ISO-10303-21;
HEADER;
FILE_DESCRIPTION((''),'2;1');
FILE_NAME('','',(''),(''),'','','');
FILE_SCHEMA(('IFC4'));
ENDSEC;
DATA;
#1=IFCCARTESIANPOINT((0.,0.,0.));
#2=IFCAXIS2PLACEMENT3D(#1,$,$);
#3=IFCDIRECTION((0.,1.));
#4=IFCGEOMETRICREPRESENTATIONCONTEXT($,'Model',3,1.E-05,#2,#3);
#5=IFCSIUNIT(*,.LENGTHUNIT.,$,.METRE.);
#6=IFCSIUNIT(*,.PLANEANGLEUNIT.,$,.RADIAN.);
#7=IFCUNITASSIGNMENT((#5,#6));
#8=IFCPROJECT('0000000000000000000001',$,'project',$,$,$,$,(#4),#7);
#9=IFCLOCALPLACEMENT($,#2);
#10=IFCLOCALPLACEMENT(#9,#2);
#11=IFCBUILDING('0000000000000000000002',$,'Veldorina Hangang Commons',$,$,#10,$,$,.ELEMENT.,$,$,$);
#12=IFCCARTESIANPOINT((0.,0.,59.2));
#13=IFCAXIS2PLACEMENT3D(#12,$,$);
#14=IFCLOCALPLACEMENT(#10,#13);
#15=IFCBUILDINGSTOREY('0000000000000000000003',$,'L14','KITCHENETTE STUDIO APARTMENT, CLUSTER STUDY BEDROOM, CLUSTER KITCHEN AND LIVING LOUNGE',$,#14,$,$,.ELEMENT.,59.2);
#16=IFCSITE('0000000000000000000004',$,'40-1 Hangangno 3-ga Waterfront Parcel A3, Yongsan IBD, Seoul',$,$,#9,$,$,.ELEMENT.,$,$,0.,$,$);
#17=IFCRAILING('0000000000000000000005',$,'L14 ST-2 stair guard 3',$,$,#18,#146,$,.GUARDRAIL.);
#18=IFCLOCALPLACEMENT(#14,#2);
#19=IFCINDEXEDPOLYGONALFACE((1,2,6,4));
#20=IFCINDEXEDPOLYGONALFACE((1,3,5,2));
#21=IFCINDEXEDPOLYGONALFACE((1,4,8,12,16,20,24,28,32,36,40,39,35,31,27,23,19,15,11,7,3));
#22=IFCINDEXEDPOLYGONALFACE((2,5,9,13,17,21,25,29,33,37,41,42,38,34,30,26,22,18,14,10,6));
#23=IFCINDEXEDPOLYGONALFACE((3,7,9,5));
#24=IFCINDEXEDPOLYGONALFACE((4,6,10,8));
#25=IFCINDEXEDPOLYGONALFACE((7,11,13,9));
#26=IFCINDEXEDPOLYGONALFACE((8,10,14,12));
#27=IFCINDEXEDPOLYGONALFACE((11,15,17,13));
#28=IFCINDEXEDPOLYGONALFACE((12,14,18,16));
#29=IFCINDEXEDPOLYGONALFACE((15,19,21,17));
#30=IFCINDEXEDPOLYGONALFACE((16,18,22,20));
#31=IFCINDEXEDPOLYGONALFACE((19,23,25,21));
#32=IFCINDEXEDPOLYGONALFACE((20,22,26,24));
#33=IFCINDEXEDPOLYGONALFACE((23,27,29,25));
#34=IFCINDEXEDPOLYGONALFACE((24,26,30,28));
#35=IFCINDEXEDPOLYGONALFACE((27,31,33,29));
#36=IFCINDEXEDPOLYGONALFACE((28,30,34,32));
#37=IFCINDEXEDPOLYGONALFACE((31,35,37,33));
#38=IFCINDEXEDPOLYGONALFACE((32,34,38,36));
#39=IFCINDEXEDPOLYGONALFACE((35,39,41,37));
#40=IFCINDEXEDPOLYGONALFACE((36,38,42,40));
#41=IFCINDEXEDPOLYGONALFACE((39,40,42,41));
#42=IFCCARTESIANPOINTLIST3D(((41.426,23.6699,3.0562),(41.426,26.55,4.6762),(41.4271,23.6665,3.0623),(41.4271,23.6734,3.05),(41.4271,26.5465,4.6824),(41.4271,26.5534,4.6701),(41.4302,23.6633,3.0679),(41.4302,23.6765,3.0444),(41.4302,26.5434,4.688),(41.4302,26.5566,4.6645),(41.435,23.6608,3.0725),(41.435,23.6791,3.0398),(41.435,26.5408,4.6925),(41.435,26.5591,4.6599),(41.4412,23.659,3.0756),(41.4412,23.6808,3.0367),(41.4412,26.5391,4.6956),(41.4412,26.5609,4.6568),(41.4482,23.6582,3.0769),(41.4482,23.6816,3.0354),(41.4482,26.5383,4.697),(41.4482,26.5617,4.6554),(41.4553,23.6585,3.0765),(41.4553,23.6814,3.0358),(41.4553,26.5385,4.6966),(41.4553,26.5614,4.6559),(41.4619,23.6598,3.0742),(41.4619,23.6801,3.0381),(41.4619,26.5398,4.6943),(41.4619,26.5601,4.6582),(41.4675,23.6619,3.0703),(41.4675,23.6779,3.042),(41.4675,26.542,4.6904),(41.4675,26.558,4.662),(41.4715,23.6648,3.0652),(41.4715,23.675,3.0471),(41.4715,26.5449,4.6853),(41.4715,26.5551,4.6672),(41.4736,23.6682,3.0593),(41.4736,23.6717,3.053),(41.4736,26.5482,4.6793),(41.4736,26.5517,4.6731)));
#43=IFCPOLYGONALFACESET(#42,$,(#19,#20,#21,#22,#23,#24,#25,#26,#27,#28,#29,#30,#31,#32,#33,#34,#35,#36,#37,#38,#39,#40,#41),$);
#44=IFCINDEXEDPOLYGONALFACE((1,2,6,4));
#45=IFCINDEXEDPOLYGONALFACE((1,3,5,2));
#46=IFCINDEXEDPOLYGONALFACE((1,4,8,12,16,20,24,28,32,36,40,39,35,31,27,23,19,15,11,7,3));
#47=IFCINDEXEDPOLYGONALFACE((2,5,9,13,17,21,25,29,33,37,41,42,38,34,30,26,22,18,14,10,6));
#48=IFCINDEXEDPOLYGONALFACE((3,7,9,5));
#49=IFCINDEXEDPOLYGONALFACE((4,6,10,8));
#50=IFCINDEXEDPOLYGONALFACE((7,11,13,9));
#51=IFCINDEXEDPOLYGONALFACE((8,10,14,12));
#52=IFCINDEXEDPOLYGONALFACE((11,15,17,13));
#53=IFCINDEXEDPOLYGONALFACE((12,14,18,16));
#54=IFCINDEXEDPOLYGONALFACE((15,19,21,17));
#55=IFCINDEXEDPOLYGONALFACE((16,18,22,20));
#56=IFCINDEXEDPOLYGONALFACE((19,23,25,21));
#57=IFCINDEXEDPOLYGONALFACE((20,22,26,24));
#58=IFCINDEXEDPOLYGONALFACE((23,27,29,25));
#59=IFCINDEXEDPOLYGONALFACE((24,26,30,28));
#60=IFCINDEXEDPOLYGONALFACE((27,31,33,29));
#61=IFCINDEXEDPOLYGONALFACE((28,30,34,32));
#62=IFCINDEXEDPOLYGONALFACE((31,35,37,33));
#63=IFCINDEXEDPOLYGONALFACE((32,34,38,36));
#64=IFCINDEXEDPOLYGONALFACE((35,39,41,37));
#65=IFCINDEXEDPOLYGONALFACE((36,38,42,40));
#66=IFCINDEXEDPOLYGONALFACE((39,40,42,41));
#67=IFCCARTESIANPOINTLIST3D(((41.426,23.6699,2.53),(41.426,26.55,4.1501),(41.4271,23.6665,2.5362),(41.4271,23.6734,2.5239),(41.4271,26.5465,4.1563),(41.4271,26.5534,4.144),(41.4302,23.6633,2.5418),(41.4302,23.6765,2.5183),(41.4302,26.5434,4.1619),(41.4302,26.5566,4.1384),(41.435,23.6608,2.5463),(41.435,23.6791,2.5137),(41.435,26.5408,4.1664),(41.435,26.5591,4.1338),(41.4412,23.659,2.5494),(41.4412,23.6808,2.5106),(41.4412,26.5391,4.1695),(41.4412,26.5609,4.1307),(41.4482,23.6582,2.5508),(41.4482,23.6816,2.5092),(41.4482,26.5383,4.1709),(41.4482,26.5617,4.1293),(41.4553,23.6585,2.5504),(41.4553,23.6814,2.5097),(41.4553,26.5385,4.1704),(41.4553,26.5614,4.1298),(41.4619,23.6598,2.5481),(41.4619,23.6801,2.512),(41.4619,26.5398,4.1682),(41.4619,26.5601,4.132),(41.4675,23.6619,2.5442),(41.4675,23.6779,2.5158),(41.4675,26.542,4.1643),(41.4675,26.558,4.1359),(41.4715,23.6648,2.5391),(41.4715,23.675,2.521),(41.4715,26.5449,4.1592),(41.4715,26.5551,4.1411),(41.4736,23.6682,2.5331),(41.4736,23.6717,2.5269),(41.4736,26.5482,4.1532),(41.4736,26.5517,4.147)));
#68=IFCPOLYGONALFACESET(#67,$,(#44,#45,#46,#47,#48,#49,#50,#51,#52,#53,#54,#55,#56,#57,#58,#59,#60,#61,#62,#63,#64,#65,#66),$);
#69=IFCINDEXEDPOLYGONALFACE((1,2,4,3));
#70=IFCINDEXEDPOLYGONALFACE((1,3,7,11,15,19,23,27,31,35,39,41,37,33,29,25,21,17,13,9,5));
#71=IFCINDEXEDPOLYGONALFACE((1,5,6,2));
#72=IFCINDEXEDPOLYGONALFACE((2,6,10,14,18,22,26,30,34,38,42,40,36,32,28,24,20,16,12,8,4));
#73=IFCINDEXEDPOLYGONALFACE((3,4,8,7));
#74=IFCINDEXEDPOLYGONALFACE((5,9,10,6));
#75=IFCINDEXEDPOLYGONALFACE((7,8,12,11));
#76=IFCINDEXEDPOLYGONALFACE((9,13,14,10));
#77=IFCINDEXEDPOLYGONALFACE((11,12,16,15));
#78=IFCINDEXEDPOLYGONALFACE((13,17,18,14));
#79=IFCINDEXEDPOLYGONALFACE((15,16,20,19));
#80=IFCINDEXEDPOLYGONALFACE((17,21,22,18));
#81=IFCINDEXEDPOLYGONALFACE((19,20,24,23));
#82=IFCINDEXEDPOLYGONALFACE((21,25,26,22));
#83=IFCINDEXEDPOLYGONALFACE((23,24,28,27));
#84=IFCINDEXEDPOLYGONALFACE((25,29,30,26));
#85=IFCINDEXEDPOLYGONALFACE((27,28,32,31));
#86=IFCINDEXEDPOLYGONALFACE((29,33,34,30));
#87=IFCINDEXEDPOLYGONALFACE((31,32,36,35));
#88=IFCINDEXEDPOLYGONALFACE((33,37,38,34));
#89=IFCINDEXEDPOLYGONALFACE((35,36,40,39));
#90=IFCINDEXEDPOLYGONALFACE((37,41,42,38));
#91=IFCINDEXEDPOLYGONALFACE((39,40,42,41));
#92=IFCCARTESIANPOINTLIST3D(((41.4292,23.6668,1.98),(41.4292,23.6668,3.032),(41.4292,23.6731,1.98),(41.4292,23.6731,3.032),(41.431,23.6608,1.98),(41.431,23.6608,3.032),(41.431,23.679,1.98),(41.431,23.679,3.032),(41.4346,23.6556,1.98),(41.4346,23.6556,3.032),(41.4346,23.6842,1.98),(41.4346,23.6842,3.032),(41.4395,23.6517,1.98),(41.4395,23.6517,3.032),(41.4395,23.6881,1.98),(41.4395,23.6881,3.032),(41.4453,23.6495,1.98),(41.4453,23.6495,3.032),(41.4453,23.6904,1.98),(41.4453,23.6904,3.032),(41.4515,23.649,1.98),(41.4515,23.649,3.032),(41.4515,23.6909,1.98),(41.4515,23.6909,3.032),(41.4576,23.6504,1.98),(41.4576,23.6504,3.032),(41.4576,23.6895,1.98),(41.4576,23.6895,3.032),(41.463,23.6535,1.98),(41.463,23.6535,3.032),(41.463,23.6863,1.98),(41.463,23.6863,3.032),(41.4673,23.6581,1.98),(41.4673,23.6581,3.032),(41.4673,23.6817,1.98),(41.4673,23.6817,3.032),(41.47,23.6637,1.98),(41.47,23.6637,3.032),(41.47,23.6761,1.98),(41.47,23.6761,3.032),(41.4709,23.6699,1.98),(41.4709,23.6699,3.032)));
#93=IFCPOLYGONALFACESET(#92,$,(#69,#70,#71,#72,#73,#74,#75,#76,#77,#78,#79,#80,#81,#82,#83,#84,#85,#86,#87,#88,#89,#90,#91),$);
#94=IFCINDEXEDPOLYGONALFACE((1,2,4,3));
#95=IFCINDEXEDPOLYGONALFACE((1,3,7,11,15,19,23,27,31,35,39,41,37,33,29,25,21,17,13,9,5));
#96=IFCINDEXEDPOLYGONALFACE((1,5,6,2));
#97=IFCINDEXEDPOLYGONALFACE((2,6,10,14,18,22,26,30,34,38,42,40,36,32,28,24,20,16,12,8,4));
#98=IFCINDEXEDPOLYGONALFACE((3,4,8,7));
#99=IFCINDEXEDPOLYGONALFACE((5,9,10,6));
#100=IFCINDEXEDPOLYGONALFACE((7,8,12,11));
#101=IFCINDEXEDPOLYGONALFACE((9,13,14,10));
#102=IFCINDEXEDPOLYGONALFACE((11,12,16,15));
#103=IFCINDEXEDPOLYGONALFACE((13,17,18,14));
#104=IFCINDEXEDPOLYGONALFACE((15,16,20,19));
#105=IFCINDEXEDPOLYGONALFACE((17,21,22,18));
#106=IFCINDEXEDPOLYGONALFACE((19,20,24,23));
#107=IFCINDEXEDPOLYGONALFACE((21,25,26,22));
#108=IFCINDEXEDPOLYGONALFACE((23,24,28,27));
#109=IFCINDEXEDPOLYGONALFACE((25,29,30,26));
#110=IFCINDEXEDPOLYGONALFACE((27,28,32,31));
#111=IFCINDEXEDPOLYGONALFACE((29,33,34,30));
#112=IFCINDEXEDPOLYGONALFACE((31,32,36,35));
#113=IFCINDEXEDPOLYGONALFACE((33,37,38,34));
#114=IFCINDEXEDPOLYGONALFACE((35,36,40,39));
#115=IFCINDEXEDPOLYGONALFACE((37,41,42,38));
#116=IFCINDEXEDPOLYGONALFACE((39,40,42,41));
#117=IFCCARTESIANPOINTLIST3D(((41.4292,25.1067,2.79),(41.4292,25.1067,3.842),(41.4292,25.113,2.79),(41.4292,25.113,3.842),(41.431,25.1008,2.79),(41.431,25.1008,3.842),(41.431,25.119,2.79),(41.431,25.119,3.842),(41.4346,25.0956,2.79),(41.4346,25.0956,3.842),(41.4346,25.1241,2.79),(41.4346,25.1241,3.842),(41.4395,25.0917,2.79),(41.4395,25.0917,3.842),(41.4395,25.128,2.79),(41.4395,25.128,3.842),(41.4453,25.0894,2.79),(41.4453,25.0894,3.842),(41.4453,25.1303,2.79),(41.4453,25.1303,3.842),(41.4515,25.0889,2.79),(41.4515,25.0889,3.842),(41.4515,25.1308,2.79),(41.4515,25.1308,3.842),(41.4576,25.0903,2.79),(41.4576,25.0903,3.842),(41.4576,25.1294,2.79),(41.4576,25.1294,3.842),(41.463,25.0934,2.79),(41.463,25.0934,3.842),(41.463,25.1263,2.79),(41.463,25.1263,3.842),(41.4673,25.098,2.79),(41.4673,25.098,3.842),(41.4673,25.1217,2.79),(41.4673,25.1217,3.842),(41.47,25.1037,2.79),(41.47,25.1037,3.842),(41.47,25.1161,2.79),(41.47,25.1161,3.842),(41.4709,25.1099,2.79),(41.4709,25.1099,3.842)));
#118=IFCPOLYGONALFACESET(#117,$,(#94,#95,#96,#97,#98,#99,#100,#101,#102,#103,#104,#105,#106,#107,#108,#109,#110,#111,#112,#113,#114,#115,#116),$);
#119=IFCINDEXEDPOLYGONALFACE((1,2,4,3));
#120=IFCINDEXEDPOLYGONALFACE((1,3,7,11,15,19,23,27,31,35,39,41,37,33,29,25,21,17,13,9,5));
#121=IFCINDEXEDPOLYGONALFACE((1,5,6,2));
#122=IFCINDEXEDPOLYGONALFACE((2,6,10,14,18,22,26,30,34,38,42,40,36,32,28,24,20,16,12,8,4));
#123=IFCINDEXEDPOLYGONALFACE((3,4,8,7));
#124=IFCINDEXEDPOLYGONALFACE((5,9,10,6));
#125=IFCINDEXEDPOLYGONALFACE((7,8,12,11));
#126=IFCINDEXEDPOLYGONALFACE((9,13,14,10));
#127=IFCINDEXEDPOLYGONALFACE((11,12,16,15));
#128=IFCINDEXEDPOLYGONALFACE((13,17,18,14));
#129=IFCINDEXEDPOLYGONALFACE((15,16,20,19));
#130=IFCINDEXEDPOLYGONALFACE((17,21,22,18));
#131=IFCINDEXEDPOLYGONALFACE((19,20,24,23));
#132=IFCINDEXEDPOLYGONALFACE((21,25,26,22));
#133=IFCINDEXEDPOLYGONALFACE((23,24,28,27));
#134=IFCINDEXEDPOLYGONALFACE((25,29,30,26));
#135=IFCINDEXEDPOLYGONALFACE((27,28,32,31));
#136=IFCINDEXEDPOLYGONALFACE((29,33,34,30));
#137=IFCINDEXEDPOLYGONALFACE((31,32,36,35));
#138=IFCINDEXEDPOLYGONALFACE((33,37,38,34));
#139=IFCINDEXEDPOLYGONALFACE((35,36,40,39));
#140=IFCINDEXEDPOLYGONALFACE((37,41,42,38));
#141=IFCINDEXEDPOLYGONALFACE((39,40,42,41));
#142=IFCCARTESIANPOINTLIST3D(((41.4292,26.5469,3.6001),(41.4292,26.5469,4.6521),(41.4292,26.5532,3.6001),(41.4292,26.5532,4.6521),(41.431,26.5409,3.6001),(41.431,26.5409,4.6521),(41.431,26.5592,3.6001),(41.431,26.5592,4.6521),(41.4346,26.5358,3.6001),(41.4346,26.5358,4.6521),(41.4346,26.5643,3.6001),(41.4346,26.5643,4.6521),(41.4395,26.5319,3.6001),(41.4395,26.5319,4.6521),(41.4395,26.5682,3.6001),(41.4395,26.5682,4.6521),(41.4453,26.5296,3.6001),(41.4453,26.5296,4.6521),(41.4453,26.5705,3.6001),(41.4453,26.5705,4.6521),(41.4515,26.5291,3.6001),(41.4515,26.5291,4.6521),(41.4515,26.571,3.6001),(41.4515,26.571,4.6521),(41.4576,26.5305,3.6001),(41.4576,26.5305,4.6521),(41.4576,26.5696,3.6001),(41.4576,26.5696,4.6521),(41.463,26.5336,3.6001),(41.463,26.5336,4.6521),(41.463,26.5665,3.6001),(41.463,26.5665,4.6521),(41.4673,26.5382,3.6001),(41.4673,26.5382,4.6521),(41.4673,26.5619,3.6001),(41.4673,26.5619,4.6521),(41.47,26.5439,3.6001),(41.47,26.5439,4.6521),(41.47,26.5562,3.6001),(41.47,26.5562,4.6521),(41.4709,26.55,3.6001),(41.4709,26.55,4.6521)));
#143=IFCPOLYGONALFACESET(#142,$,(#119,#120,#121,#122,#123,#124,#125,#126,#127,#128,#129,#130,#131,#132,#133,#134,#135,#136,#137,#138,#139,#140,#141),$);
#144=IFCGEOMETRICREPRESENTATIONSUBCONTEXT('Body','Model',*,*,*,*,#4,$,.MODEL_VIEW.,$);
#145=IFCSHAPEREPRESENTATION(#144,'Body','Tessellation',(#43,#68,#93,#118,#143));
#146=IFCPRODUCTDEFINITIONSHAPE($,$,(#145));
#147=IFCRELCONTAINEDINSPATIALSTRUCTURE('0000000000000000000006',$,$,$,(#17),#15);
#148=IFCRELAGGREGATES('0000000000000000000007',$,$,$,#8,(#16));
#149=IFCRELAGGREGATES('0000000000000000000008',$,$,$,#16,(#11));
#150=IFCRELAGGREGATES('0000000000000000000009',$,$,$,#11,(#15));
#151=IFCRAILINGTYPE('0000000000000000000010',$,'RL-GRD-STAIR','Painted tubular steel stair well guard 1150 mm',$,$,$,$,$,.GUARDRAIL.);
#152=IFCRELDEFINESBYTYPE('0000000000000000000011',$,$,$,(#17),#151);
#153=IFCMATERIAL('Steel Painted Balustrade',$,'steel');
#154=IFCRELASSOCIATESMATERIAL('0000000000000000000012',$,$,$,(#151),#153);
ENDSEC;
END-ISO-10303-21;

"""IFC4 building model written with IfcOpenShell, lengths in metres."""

from ifc_helpers import new_model, si_unit, direction, frame, origin, origin_2d, place, context, subcontext, project, spatial, circle, extrude, material, type_object, element, save


model = new_model("IFC4")

# Units and contexts
model_context = context("Model", 3, precision=1e-05, world=origin(), true_north=direction((0.0, 1.0)))
body_context = subcontext(model_context, "Body", "Model", "MODEL_VIEW")
ifc_project = project(units=[si_unit("LENGTHUNIT", "METRE"), si_unit("PLANEANGLEUNIT", "RADIAN")], contexts=[model_context])

# Site, building, storey
site_placement = place(None, origin())
site = spatial("IfcSite", under=ifc_project, at=site_placement, Name="40-1 Hangangno 3-ga Waterfront Parcel A3, Yongsan IBD, Seoul", CompositionType="ELEMENT", RefElevation=0.0)
building_placement = place(site_placement, origin())
building = spatial("IfcBuilding", under=site, at=building_placement, Name="Veldorina Hangang Commons", CompositionType="ELEMENT")
storey_placement = place(building_placement, frame((0.0, 0.0, 59.2)))
storey = spatial("IfcBuildingStorey", under=building, at=storey_placement, Name="L14", Description="KITCHENETTE STUDIO APARTMENT, CLUSTER STUDY BEDROOM, CLUSTER KITCHEN AND LIVING LOUNGE", CompositionType="ELEMENT", Elevation=59.2)

# Railing
ifc_material_1 = material(Name="Steel Painted Balustrade", Category="steel")
railing_type_1 = type_object("IfcRailingType", Name="RL-GRD-STAIR", Description="Painted tubular steel stair well guard 1150 mm", PredefinedType="GUARDRAIL", material=ifc_material_1)
railing_1_placement = place(storey_placement, frame((41.45, 23.6699, 1.98)))
element("IfcRailing", 1, at=railing_1_placement, inside=storey, type_object=railing_type_1, Name="L14 ST-2 stair guard 3", PredefinedType="GUARDRAIL", context=body_context, shape_type="SweptSolid", body=[
    extrude(circle(Radius=0.0239, at=origin_2d()), frame((0.0, 0.0, 1.0762), z_axis=(0.0, 0.87157, 0.490272), x_axis=(-1.0, 0.0, 0.0)), (0.0, 0.0, 1.0), 3.3044),
    extrude(circle(Radius=0.0239, at=origin_2d()), frame((0.0, 0.0, 0.55), z_axis=(0.0, 0.87157, 0.490272), x_axis=(-1.0, 0.0, 0.0)), (0.0, 0.0, 1.0), 3.3044),
    extrude(circle(Radius=0.021, at=origin_2d()), origin(), (0.0, 0.0, 1.0), 1.052),
    extrude(circle(Radius=0.021, at=origin_2d()), frame((0.0, 1.4399, 0.8101)), (0.0, 0.0, 1.0), 1.052),
    extrude(circle(Radius=0.021, at=origin_2d()), frame((0.0, 2.8801, 1.6201)), (0.0, 0.0, 1.0), 1.052),
])

save(model, "model.ifc")
